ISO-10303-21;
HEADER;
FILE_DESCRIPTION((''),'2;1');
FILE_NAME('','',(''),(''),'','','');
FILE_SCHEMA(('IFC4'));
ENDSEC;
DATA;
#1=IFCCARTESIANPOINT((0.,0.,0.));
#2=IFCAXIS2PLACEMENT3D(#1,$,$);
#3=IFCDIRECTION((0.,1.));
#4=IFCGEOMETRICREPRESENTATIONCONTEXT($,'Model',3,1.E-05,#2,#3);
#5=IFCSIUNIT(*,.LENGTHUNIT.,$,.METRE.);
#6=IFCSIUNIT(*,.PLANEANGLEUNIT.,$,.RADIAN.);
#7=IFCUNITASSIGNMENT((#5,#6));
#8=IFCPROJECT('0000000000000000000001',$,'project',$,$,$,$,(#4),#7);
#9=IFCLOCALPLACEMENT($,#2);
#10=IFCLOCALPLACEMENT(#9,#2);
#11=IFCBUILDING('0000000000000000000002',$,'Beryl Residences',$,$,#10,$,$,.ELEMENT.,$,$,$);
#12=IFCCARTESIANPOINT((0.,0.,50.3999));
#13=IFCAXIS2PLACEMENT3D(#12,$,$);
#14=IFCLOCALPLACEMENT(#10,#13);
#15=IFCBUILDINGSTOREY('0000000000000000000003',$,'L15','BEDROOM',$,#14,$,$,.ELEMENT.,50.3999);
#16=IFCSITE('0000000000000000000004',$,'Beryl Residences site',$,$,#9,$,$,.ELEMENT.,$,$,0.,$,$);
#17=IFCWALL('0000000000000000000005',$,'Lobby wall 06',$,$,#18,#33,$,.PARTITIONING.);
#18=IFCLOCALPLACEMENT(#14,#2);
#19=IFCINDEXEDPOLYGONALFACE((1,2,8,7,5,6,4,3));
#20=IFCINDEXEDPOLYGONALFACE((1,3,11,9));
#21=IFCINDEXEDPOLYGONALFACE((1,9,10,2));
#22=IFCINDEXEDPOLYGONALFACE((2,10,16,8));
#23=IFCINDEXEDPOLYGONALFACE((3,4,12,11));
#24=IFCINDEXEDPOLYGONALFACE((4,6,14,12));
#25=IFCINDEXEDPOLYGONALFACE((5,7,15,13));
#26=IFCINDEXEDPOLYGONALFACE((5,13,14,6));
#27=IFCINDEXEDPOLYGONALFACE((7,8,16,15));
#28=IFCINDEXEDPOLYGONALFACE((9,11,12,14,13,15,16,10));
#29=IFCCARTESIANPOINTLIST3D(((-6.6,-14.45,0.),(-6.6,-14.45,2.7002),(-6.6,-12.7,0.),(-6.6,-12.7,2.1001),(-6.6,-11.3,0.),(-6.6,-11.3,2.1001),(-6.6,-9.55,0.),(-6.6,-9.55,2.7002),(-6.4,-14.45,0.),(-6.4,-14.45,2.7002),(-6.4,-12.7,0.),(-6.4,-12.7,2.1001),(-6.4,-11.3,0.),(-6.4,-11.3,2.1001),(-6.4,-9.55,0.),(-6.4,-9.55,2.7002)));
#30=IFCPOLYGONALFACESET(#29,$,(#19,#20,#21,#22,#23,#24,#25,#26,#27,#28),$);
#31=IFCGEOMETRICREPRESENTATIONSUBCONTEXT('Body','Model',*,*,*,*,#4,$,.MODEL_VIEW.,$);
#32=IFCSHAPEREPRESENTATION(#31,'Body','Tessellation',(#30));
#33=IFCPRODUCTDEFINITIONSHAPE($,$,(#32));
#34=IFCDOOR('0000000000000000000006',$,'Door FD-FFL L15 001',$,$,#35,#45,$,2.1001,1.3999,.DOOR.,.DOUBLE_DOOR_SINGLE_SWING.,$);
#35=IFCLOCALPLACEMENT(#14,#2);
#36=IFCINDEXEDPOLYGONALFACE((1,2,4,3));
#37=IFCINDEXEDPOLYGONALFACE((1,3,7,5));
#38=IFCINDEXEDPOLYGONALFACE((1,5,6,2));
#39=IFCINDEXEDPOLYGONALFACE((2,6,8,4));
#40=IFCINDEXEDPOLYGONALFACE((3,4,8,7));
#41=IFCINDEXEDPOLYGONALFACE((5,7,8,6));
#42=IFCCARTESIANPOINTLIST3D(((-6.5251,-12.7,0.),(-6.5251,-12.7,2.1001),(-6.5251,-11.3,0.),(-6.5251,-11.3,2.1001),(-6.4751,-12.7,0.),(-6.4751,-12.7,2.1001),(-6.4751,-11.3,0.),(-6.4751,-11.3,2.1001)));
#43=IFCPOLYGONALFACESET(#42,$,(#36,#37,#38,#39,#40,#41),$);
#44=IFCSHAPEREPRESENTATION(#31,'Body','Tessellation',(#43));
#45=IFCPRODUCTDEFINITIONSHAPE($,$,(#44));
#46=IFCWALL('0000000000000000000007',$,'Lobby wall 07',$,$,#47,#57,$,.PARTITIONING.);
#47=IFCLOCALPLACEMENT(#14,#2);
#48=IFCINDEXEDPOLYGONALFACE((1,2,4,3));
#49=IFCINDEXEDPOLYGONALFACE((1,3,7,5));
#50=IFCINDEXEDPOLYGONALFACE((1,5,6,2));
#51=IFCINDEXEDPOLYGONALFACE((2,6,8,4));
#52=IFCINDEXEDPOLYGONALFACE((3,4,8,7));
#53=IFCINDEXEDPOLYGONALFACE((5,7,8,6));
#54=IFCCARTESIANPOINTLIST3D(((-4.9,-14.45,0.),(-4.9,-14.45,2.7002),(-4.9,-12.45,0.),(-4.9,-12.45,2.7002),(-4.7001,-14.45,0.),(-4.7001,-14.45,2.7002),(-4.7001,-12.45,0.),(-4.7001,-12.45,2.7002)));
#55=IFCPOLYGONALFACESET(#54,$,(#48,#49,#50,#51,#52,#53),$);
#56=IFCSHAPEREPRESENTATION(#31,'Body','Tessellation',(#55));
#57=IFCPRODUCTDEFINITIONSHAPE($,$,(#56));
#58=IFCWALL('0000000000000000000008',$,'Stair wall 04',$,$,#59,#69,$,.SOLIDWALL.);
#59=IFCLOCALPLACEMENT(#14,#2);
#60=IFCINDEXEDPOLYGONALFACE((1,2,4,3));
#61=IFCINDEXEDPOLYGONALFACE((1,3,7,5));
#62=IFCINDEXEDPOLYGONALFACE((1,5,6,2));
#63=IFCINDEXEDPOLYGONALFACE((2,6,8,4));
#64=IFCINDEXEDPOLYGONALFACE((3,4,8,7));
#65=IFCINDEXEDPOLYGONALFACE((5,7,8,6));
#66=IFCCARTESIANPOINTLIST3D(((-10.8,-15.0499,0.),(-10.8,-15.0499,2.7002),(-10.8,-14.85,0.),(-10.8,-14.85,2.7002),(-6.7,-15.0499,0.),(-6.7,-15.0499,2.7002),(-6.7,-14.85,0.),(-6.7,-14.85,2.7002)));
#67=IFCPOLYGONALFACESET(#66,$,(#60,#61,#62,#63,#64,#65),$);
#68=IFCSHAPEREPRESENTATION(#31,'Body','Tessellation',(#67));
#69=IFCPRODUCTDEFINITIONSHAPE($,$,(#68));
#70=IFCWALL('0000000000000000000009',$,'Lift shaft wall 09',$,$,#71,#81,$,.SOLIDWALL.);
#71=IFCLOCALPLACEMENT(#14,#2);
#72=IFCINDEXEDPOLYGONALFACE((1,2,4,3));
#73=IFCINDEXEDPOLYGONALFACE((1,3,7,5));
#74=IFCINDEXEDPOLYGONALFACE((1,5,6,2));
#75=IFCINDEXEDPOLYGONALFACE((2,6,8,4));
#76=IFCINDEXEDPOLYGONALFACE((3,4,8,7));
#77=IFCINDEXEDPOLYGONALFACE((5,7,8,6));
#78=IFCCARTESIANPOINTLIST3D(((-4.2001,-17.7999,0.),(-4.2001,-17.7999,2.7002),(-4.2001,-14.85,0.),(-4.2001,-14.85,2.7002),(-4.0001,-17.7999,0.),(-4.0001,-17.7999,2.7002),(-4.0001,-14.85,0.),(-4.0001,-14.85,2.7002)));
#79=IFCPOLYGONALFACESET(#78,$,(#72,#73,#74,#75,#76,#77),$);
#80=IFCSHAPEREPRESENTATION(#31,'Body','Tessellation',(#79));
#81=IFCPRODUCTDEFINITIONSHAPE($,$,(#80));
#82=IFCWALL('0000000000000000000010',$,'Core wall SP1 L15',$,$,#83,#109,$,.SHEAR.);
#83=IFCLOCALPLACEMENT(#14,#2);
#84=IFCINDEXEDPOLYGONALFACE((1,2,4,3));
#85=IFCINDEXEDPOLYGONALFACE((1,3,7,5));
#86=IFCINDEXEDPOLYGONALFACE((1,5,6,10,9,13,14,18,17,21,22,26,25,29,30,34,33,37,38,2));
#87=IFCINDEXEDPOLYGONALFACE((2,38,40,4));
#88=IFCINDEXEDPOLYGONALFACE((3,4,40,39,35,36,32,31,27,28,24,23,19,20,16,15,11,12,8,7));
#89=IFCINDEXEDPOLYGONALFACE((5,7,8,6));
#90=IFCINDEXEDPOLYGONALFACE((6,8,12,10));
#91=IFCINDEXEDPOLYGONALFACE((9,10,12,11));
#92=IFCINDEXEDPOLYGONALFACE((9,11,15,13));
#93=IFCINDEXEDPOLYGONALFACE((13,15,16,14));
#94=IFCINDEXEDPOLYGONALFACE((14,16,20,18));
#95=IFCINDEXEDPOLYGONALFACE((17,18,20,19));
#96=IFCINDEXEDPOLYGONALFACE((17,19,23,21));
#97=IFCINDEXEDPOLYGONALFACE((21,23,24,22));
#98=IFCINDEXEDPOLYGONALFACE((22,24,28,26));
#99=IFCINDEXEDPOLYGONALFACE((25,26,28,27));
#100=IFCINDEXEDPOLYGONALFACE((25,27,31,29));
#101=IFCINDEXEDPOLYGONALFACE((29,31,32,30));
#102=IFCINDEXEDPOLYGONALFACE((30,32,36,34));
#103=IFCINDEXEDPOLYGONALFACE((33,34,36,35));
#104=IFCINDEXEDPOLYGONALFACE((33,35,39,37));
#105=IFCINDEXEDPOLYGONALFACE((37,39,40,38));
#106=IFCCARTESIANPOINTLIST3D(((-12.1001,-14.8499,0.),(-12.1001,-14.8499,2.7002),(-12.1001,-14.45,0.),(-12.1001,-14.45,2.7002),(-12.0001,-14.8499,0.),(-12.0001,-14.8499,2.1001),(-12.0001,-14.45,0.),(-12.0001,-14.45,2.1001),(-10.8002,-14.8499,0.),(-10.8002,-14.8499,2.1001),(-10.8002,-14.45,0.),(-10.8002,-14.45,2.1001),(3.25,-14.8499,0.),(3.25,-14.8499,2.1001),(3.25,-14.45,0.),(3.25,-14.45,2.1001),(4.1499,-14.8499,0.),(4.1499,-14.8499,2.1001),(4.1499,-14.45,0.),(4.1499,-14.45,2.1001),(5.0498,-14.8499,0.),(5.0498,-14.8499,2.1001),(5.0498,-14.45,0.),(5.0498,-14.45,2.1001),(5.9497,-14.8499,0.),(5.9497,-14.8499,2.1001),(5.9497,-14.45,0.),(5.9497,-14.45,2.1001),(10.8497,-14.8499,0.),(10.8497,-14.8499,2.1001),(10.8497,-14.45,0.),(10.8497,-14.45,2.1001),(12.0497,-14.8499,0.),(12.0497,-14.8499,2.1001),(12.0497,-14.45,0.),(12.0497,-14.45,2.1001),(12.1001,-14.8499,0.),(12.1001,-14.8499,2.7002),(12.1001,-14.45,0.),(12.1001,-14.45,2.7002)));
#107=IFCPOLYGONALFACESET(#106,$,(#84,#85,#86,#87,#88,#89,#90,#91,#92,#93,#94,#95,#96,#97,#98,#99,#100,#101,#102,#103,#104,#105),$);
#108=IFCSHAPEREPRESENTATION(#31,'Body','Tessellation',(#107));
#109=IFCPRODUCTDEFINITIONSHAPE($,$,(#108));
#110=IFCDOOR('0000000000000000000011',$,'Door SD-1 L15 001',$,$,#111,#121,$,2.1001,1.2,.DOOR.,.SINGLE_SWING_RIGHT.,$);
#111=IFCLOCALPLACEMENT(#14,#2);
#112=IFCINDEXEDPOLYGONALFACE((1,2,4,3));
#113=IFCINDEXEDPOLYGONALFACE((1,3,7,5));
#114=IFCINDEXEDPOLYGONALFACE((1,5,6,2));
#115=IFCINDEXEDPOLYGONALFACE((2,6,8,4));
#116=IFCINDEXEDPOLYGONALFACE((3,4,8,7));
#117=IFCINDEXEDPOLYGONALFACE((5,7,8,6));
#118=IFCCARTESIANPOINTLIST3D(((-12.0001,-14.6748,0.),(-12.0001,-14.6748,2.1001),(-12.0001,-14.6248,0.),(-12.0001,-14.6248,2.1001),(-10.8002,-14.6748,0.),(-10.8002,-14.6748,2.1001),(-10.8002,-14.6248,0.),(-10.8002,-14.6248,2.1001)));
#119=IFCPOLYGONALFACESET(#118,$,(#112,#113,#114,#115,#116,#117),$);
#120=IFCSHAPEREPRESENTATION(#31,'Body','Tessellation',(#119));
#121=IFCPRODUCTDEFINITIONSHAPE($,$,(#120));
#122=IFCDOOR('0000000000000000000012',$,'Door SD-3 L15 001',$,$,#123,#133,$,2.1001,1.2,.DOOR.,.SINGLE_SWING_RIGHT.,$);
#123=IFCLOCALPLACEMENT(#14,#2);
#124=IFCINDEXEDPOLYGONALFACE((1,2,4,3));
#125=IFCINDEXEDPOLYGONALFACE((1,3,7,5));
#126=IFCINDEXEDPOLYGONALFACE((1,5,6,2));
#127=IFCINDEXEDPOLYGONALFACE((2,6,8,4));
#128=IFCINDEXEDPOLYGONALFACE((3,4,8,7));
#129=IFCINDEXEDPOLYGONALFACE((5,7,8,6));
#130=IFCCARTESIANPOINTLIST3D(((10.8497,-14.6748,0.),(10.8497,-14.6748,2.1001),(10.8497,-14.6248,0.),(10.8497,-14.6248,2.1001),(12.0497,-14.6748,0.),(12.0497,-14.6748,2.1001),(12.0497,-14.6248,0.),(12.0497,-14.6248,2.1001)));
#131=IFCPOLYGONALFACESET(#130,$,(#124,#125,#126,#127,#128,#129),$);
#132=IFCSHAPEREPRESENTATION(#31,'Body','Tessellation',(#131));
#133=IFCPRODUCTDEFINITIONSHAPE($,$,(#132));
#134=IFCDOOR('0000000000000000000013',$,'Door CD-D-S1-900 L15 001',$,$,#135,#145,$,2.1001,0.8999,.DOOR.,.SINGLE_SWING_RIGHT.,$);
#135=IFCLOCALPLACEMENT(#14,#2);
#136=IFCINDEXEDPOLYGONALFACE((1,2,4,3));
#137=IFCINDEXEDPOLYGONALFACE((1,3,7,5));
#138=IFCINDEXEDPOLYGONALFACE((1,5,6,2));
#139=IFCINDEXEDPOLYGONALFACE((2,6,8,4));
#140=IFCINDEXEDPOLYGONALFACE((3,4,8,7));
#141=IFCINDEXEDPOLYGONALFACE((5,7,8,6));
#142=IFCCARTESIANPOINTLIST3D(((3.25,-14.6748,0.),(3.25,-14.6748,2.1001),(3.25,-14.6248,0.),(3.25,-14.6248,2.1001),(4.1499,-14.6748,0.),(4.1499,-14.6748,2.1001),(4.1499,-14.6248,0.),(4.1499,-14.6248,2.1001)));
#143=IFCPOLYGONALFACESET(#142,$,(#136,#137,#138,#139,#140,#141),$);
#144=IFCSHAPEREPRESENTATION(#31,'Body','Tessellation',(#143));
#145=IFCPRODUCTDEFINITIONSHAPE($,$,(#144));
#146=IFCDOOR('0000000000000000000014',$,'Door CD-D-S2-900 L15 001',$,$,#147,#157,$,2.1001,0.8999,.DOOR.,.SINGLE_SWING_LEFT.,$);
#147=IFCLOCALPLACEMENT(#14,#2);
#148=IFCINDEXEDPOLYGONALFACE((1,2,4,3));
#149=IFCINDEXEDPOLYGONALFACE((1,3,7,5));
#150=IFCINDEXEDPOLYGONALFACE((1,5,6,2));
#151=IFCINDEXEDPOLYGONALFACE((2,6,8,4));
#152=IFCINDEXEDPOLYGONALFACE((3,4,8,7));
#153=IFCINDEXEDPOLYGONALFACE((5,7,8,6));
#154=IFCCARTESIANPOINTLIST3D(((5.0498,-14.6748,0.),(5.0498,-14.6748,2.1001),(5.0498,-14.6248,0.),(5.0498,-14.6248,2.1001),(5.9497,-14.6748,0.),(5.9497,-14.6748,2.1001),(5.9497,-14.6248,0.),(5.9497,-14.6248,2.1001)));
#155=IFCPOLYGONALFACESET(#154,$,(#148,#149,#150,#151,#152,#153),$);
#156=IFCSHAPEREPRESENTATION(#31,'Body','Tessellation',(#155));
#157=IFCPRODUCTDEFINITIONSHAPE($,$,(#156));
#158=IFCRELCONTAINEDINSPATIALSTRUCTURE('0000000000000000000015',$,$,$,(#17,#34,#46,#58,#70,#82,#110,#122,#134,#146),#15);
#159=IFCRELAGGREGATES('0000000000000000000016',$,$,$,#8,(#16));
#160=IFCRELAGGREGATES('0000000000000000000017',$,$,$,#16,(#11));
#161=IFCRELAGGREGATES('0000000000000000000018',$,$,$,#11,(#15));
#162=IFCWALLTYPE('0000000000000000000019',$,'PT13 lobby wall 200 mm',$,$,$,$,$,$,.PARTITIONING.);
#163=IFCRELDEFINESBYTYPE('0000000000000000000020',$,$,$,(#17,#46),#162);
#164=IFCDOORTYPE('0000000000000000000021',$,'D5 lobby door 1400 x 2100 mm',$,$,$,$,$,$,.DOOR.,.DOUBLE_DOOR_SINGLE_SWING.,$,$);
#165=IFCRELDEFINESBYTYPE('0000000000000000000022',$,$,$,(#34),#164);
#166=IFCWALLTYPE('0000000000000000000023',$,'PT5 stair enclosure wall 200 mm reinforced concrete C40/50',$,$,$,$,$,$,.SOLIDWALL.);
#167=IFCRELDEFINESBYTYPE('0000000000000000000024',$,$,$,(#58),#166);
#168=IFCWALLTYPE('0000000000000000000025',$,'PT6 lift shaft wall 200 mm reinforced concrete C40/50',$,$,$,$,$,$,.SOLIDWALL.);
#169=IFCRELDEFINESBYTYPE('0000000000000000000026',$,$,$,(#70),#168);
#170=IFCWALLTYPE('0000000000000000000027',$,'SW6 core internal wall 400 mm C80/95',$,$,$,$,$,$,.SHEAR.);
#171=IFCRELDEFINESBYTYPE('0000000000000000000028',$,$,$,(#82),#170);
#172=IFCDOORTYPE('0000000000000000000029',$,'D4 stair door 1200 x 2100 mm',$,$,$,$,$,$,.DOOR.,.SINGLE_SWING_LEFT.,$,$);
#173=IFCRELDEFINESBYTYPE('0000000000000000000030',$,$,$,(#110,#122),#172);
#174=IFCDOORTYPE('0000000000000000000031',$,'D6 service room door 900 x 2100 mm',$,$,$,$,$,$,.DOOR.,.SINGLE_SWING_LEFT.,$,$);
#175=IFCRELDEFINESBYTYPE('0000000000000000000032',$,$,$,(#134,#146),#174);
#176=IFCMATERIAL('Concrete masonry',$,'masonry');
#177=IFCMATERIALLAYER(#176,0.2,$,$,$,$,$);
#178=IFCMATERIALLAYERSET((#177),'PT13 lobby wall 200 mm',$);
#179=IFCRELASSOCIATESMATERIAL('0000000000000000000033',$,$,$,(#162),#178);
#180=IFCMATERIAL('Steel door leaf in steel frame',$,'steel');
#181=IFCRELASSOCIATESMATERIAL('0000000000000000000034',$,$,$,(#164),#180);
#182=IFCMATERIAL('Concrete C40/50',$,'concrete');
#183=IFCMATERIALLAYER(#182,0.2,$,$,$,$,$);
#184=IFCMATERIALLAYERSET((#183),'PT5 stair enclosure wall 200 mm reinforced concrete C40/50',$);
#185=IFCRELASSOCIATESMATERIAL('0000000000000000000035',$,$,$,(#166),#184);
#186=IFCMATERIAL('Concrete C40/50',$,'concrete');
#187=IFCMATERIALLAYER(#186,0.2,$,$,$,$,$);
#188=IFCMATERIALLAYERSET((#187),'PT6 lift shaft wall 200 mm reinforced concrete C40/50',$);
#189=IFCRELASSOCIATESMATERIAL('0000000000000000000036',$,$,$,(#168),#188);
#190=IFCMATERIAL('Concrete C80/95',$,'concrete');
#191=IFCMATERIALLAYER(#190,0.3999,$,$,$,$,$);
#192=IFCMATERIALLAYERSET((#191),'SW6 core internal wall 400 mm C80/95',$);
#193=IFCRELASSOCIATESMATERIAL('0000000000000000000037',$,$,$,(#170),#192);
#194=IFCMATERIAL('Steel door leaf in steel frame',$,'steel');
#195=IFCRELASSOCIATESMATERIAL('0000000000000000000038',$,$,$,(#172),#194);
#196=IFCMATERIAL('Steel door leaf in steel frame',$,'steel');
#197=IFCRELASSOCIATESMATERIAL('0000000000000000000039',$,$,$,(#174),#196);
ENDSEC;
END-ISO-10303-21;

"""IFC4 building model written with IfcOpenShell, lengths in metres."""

from ifc_helpers import new_model, si_unit, direction, frame, frame_2d, origin, place, context, subcontext, project, spatial, rectangle, extrude, material, layer, layer_set, type_object, element, fill, save


model = new_model("IFC4")

# Units and contexts
model_context = context("Model", 3, precision=1e-05, world=origin(), true_north=direction((0.0, 1.0)))
body_context = subcontext(model_context, "Body", "Model", "MODEL_VIEW")
ifc_project = project(units=[si_unit("LENGTHUNIT", "METRE"), si_unit("PLANEANGLEUNIT", "RADIAN")], contexts=[model_context])

# Site, building, storey
site_placement = place(None, origin())
site = spatial("IfcSite", under=ifc_project, at=site_placement, Name="Beryl Residences site", CompositionType="ELEMENT", RefElevation=0.0)
building_placement = place(site_placement, origin())
building = spatial("IfcBuilding", under=site, at=building_placement, Name="Beryl Residences", CompositionType="ELEMENT")
storey_placement = place(building_placement, frame((0.0, 0.0, 50.3999)))
storey = spatial("IfcBuildingStorey", under=building, at=storey_placement, Name="L15", Description="BEDROOM", CompositionType="ELEMENT", Elevation=50.3999)

# Wall, opening, door
ifc_material_1 = material(Name="Concrete masonry", Category="masonry")
ifc_layer_1 = layer(ifc_material_1, 0.2)
ifc_layer_set_1 = layer_set([ifc_layer_1], Name="PT13 lobby wall 200 mm")
wall_type_1 = type_object("IfcWallType", Name="PT13 lobby wall 200 mm", PredefinedType="PARTITIONING", material=ifc_layer_set_1)
wall_1_placement = place(storey_placement, frame((-6.5, -14.45, 0.0), z_axis=(0.0, 0.0, 1.0), x_axis=(0.0, 1.0, 0.0)))
wall_1 = element("IfcWall", 1, at=wall_1_placement, inside=storey, type_object=wall_type_1, Name="Lobby wall 06", PredefinedType="PARTITIONING", context=body_context, shape_type="SweptSolid", body=[
    extrude(rectangle(XDim=4.8999, YDim=0.2, at=frame_2d((2.45, 0.0))), origin(), (0.0, 0.0, 1.0), 2.7002),
])
opening_1_placement = place(wall_1_placement, frame((3.1499, 0.0, 0.0), z_axis=(0.0, 0.0, 1.0), x_axis=(-1.0, 0.0, 0.0)))
opening_1 = element("IfcOpeningElement", 2, at=opening_1_placement, cuts=wall_1, PredefinedType="OPENING", context=body_context, shape_type="SweptSolid", body=[
    extrude(rectangle(XDim=1.3999, YDim=2.1001, at=frame_2d((0.7, 1.05))), frame((0.0, 0.1099, 0.0), z_axis=(0.0, -1.0, 0.0), x_axis=(1.0, 0.0, 0.0)), (0.0, 0.0, 1.0), 0.22),
])
ifc_material_2 = material(Name="Steel door leaf in steel frame", Category="steel")
door_type_1 = type_object("IfcDoorType", Name="D5 lobby door 1400 x 2100 mm", OperationType="DOUBLE_DOOR_SINGLE_SWING", PredefinedType="DOOR", material=ifc_material_2)
door_1_placement = place(opening_1_placement, origin())
door_1 = element("IfcDoor", 3, at=door_1_placement, inside=storey, type_object=door_type_1, Name="Door FD-FFL L15 001", OperationType="DOUBLE_DOOR_SINGLE_SWING", OverallHeight=2.1001, OverallWidth=1.3999, PredefinedType="DOOR", context=body_context, shape_type="SweptSolid", body=[
    extrude(rectangle(XDim=1.3999, YDim=2.1001, at=frame_2d((0.7, 1.05))), frame((0.0, 0.0249, 0.0), z_axis=(0.0, -1.0, 0.0), x_axis=(1.0, 0.0, 0.0)), (0.0, 0.0, 1.0), 0.05),
])
fill(opening_1, door_1)

# Walls
wall_2_placement = place(storey_placement, frame((-4.8, -14.45, 0.0), z_axis=(0.0, 0.0, 1.0), x_axis=(0.0, 1.0, 0.0)))
element("IfcWall", 4, at=wall_2_placement, inside=storey, type_object=wall_type_1, Name="Lobby wall 07", PredefinedType="PARTITIONING", context=body_context, shape_type="SweptSolid", body=[
    extrude(rectangle(XDim=2.0, YDim=0.2, at=frame_2d((1.0, 0.0))), origin(), (0.0, 0.0, 1.0), 2.7002),
])
ifc_material_3 = material(Name="Concrete C40/50", Category="concrete")
ifc_layer_2 = layer(ifc_material_3, 0.2)
ifc_layer_set_2 = layer_set([ifc_layer_2], Name="PT5 stair enclosure wall 200 mm reinforced concrete C40/50")
wall_type_2 = type_object("IfcWallType", Name="PT5 stair enclosure wall 200 mm reinforced concrete C40/50", PredefinedType="SOLIDWALL", material=ifc_layer_set_2)
wall_3_placement = place(storey_placement, frame((-10.8, -14.95, 0.0), z_axis=(0.0, 0.0, 1.0), x_axis=(1.0, 0.0, 0.0)))
element("IfcWall", 5, at=wall_3_placement, inside=storey, type_object=wall_type_2, Name="Stair wall 04", PredefinedType="SOLIDWALL", context=body_context, shape_type="SweptSolid", body=[
    extrude(rectangle(XDim=4.1001, YDim=0.2, at=frame_2d((2.05, 0.0))), origin(), (0.0, 0.0, 1.0), 2.7002),
])
ifc_material_4 = material(Name="Concrete C40/50", Category="concrete")
ifc_layer_3 = layer(ifc_material_4, 0.2)
ifc_layer_set_3 = layer_set([ifc_layer_3], Name="PT6 lift shaft wall 200 mm reinforced concrete C40/50")
wall_type_3 = type_object("IfcWallType", Name="PT6 lift shaft wall 200 mm reinforced concrete C40/50", PredefinedType="SOLIDWALL", material=ifc_layer_set_3)
wall_4_placement = place(storey_placement, frame((-4.1001, -17.8, 0.0), z_axis=(0.0, 0.0, 1.0), x_axis=(0.0, 1.0, 0.0)))
element("IfcWall", 6, at=wall_4_placement, inside=storey, type_object=wall_type_3, Name="Lift shaft wall 09", PredefinedType="SOLIDWALL", context=body_context, shape_type="SweptSolid", body=[
    extrude(rectangle(XDim=2.95, YDim=0.2, at=frame_2d((1.4751, 0.0))), origin(), (0.0, 0.0, 1.0), 2.7002),
])

# Wall, openings, doors
ifc_material_5 = material(Name="Concrete C80/95", Category="concrete")
ifc_layer_4 = layer(ifc_material_5, 0.3999)
ifc_layer_set_4 = layer_set([ifc_layer_4], Name="SW6 core internal wall 400 mm C80/95")
wall_type_4 = type_object("IfcWallType", Name="SW6 core internal wall 400 mm C80/95", PredefinedType="SHEAR", material=ifc_layer_set_4)
wall_5_placement = place(storey_placement, frame((-12.1001, -14.6499, 0.0), z_axis=(0.0, 0.0, 1.0), x_axis=(1.0, 0.0, 0.0)))
wall_5 = element("IfcWall", 7, at=wall_5_placement, inside=storey, type_object=wall_type_4, Name="Core wall SP1 L15", PredefinedType="SHEAR", context=body_context, shape_type="SweptSolid", body=[
    extrude(rectangle(XDim=24.2002, YDim=0.3999, at=frame_2d((12.1001, 0.0))), origin(), (0.0, 0.0, 1.0), 2.7002),
])
opening_2_placement = place(wall_5_placement, frame((1.3, 0.0, 0.0), z_axis=(0.0, 0.0, 1.0), x_axis=(-1.0, 0.0, 0.0)))
opening_2 = element("IfcOpeningElement", 8, at=opening_2_placement, cuts=wall_5, PredefinedType="OPENING", context=body_context, shape_type="SweptSolid", body=[
    extrude(rectangle(XDim=1.2, YDim=2.1001, at=frame_2d((0.6001, 1.05))), frame((0.0, 0.21, 0.0), z_axis=(0.0, -1.0, 0.0), x_axis=(1.0, 0.0, 0.0)), (0.0, 0.0, 1.0), 0.4199),
])
opening_3_placement = place(wall_5_placement, frame((24.1499, 0.0, 0.0), z_axis=(0.0, 0.0, 1.0), x_axis=(-1.0, 0.0, 0.0)))
opening_3 = element("IfcOpeningElement", 9, at=opening_3_placement, cuts=wall_5, PredefinedType="OPENING", context=body_context, shape_type="SweptSolid", body=[
    extrude(rectangle(XDim=1.2, YDim=2.1001, at=frame_2d((0.6001, 1.05))), frame((0.0, 0.21, 0.0), z_axis=(0.0, -1.0, 0.0), x_axis=(1.0, 0.0, 0.0)), (0.0, 0.0, 1.0), 0.4199),
])
opening_4_placement = place(wall_5_placement, frame((16.25, 0.0, 0.0), z_axis=(0.0, 0.0, 1.0), x_axis=(-1.0, 0.0, 0.0)))
opening_4 = element("IfcOpeningElement", 10, at=opening_4_placement, cuts=wall_5, PredefinedType="OPENING", context=body_context, shape_type="SweptSolid", body=[
    extrude(rectangle(XDim=0.8999, YDim=2.1001, at=frame_2d((0.45, 1.05))), frame((0.0, 0.21, 0.0), z_axis=(0.0, -1.0, 0.0), x_axis=(1.0, 0.0, 0.0)), (0.0, 0.0, 1.0), 0.4199),
])
opening_5_placement = place(wall_5_placement, frame((18.0498, 0.0, 0.0), z_axis=(0.0, 0.0, 1.0), x_axis=(-1.0, 0.0, 0.0)))
opening_5 = element("IfcOpeningElement", 11, at=opening_5_placement, cuts=wall_5, PredefinedType="OPENING", context=body_context, shape_type="SweptSolid", body=[
    extrude(rectangle(XDim=0.8999, YDim=2.1001, at=frame_2d((0.45, 1.05))), frame((0.0, 0.21, 0.0), z_axis=(0.0, -1.0, 0.0), x_axis=(1.0, 0.0, 0.0)), (0.0, 0.0, 1.0), 0.4199),
])
ifc_material_6 = material(Name="Steel door leaf in steel frame", Category="steel")
door_type_2 = type_object("IfcDoorType", Name="D4 stair door 1200 x 2100 mm", OperationType="SINGLE_SWING_LEFT", PredefinedType="DOOR", material=ifc_material_6)
door_2_placement = place(opening_2_placement, origin())
door_2 = element("IfcDoor", 12, at=door_2_placement, inside=storey, type_object=door_type_2, Name="Door SD-1 L15 001", OperationType="SINGLE_SWING_RIGHT", OverallHeight=2.1001, OverallWidth=1.2, PredefinedType="DOOR", context=body_context, shape_type="SweptSolid", body=[
    extrude(rectangle(XDim=1.2, YDim=2.1001, at=frame_2d((0.6001, 1.05))), frame((0.0, 0.0249, 0.0), z_axis=(0.0, -1.0, 0.0), x_axis=(1.0, 0.0, 0.0)), (0.0, 0.0, 1.0), 0.05),
])
fill(opening_2, door_2)
door_3_placement = place(opening_3_placement, origin())
door_3 = element("IfcDoor", 13, at=door_3_placement, inside=storey, type_object=door_type_2, Name="Door SD-3 L15 001", OperationType="SINGLE_SWING_RIGHT", OverallHeight=2.1001, OverallWidth=1.2, PredefinedType="DOOR", context=body_context, shape_type="SweptSolid", body=[
    extrude(rectangle(XDim=1.2, YDim=2.1001, at=frame_2d((0.6001, 1.05))), frame((0.0, 0.0249, 0.0), z_axis=(0.0, -1.0, 0.0), x_axis=(1.0, 0.0, 0.0)), (0.0, 0.0, 1.0), 0.05),
])
fill(opening_3, door_3)
ifc_material_7 = material(Name="Steel door leaf in steel frame", Category="steel")
door_type_3 = type_object("IfcDoorType", Name="D6 service room door 900 x 2100 mm", OperationType="SINGLE_SWING_LEFT", PredefinedType="DOOR", material=ifc_material_7)
door_4_placement = place(opening_4_placement, origin())
door_4 = element("IfcDoor", 14, at=door_4_placement, inside=storey, type_object=door_type_3, Name="Door CD-D-S1-900 L15 001", OperationType="SINGLE_SWING_RIGHT", OverallHeight=2.1001, OverallWidth=0.8999, PredefinedType="DOOR", context=body_context, shape_type="SweptSolid", body=[
    extrude(rectangle(XDim=0.8999, YDim=2.1001, at=frame_2d((0.45, 1.05))), frame((0.0, 0.0249, 0.0), z_axis=(0.0, -1.0, 0.0), x_axis=(1.0, 0.0, 0.0)), (0.0, 0.0, 1.0), 0.05),
])
fill(opening_4, door_4)
door_5_placement = place(opening_5_placement, origin())
door_5 = element("IfcDoor", 15, at=door_5_placement, inside=storey, type_object=door_type_3, Name="Door CD-D-S2-900 L15 001", OperationType="SINGLE_SWING_LEFT", OverallHeight=2.1001, OverallWidth=0.8999, PredefinedType="DOOR", context=body_context, shape_type="SweptSolid", body=[
    extrude(rectangle(XDim=0.8999, YDim=2.1001, at=frame_2d((0.45, 1.05))), frame((0.0, 0.0249, 0.0), z_axis=(0.0, -1.0, 0.0), x_axis=(1.0, 0.0, 0.0)), (0.0, 0.0, 1.0), 0.05),
])
fill(opening_5, door_5)

save(model, "model.ifc")
